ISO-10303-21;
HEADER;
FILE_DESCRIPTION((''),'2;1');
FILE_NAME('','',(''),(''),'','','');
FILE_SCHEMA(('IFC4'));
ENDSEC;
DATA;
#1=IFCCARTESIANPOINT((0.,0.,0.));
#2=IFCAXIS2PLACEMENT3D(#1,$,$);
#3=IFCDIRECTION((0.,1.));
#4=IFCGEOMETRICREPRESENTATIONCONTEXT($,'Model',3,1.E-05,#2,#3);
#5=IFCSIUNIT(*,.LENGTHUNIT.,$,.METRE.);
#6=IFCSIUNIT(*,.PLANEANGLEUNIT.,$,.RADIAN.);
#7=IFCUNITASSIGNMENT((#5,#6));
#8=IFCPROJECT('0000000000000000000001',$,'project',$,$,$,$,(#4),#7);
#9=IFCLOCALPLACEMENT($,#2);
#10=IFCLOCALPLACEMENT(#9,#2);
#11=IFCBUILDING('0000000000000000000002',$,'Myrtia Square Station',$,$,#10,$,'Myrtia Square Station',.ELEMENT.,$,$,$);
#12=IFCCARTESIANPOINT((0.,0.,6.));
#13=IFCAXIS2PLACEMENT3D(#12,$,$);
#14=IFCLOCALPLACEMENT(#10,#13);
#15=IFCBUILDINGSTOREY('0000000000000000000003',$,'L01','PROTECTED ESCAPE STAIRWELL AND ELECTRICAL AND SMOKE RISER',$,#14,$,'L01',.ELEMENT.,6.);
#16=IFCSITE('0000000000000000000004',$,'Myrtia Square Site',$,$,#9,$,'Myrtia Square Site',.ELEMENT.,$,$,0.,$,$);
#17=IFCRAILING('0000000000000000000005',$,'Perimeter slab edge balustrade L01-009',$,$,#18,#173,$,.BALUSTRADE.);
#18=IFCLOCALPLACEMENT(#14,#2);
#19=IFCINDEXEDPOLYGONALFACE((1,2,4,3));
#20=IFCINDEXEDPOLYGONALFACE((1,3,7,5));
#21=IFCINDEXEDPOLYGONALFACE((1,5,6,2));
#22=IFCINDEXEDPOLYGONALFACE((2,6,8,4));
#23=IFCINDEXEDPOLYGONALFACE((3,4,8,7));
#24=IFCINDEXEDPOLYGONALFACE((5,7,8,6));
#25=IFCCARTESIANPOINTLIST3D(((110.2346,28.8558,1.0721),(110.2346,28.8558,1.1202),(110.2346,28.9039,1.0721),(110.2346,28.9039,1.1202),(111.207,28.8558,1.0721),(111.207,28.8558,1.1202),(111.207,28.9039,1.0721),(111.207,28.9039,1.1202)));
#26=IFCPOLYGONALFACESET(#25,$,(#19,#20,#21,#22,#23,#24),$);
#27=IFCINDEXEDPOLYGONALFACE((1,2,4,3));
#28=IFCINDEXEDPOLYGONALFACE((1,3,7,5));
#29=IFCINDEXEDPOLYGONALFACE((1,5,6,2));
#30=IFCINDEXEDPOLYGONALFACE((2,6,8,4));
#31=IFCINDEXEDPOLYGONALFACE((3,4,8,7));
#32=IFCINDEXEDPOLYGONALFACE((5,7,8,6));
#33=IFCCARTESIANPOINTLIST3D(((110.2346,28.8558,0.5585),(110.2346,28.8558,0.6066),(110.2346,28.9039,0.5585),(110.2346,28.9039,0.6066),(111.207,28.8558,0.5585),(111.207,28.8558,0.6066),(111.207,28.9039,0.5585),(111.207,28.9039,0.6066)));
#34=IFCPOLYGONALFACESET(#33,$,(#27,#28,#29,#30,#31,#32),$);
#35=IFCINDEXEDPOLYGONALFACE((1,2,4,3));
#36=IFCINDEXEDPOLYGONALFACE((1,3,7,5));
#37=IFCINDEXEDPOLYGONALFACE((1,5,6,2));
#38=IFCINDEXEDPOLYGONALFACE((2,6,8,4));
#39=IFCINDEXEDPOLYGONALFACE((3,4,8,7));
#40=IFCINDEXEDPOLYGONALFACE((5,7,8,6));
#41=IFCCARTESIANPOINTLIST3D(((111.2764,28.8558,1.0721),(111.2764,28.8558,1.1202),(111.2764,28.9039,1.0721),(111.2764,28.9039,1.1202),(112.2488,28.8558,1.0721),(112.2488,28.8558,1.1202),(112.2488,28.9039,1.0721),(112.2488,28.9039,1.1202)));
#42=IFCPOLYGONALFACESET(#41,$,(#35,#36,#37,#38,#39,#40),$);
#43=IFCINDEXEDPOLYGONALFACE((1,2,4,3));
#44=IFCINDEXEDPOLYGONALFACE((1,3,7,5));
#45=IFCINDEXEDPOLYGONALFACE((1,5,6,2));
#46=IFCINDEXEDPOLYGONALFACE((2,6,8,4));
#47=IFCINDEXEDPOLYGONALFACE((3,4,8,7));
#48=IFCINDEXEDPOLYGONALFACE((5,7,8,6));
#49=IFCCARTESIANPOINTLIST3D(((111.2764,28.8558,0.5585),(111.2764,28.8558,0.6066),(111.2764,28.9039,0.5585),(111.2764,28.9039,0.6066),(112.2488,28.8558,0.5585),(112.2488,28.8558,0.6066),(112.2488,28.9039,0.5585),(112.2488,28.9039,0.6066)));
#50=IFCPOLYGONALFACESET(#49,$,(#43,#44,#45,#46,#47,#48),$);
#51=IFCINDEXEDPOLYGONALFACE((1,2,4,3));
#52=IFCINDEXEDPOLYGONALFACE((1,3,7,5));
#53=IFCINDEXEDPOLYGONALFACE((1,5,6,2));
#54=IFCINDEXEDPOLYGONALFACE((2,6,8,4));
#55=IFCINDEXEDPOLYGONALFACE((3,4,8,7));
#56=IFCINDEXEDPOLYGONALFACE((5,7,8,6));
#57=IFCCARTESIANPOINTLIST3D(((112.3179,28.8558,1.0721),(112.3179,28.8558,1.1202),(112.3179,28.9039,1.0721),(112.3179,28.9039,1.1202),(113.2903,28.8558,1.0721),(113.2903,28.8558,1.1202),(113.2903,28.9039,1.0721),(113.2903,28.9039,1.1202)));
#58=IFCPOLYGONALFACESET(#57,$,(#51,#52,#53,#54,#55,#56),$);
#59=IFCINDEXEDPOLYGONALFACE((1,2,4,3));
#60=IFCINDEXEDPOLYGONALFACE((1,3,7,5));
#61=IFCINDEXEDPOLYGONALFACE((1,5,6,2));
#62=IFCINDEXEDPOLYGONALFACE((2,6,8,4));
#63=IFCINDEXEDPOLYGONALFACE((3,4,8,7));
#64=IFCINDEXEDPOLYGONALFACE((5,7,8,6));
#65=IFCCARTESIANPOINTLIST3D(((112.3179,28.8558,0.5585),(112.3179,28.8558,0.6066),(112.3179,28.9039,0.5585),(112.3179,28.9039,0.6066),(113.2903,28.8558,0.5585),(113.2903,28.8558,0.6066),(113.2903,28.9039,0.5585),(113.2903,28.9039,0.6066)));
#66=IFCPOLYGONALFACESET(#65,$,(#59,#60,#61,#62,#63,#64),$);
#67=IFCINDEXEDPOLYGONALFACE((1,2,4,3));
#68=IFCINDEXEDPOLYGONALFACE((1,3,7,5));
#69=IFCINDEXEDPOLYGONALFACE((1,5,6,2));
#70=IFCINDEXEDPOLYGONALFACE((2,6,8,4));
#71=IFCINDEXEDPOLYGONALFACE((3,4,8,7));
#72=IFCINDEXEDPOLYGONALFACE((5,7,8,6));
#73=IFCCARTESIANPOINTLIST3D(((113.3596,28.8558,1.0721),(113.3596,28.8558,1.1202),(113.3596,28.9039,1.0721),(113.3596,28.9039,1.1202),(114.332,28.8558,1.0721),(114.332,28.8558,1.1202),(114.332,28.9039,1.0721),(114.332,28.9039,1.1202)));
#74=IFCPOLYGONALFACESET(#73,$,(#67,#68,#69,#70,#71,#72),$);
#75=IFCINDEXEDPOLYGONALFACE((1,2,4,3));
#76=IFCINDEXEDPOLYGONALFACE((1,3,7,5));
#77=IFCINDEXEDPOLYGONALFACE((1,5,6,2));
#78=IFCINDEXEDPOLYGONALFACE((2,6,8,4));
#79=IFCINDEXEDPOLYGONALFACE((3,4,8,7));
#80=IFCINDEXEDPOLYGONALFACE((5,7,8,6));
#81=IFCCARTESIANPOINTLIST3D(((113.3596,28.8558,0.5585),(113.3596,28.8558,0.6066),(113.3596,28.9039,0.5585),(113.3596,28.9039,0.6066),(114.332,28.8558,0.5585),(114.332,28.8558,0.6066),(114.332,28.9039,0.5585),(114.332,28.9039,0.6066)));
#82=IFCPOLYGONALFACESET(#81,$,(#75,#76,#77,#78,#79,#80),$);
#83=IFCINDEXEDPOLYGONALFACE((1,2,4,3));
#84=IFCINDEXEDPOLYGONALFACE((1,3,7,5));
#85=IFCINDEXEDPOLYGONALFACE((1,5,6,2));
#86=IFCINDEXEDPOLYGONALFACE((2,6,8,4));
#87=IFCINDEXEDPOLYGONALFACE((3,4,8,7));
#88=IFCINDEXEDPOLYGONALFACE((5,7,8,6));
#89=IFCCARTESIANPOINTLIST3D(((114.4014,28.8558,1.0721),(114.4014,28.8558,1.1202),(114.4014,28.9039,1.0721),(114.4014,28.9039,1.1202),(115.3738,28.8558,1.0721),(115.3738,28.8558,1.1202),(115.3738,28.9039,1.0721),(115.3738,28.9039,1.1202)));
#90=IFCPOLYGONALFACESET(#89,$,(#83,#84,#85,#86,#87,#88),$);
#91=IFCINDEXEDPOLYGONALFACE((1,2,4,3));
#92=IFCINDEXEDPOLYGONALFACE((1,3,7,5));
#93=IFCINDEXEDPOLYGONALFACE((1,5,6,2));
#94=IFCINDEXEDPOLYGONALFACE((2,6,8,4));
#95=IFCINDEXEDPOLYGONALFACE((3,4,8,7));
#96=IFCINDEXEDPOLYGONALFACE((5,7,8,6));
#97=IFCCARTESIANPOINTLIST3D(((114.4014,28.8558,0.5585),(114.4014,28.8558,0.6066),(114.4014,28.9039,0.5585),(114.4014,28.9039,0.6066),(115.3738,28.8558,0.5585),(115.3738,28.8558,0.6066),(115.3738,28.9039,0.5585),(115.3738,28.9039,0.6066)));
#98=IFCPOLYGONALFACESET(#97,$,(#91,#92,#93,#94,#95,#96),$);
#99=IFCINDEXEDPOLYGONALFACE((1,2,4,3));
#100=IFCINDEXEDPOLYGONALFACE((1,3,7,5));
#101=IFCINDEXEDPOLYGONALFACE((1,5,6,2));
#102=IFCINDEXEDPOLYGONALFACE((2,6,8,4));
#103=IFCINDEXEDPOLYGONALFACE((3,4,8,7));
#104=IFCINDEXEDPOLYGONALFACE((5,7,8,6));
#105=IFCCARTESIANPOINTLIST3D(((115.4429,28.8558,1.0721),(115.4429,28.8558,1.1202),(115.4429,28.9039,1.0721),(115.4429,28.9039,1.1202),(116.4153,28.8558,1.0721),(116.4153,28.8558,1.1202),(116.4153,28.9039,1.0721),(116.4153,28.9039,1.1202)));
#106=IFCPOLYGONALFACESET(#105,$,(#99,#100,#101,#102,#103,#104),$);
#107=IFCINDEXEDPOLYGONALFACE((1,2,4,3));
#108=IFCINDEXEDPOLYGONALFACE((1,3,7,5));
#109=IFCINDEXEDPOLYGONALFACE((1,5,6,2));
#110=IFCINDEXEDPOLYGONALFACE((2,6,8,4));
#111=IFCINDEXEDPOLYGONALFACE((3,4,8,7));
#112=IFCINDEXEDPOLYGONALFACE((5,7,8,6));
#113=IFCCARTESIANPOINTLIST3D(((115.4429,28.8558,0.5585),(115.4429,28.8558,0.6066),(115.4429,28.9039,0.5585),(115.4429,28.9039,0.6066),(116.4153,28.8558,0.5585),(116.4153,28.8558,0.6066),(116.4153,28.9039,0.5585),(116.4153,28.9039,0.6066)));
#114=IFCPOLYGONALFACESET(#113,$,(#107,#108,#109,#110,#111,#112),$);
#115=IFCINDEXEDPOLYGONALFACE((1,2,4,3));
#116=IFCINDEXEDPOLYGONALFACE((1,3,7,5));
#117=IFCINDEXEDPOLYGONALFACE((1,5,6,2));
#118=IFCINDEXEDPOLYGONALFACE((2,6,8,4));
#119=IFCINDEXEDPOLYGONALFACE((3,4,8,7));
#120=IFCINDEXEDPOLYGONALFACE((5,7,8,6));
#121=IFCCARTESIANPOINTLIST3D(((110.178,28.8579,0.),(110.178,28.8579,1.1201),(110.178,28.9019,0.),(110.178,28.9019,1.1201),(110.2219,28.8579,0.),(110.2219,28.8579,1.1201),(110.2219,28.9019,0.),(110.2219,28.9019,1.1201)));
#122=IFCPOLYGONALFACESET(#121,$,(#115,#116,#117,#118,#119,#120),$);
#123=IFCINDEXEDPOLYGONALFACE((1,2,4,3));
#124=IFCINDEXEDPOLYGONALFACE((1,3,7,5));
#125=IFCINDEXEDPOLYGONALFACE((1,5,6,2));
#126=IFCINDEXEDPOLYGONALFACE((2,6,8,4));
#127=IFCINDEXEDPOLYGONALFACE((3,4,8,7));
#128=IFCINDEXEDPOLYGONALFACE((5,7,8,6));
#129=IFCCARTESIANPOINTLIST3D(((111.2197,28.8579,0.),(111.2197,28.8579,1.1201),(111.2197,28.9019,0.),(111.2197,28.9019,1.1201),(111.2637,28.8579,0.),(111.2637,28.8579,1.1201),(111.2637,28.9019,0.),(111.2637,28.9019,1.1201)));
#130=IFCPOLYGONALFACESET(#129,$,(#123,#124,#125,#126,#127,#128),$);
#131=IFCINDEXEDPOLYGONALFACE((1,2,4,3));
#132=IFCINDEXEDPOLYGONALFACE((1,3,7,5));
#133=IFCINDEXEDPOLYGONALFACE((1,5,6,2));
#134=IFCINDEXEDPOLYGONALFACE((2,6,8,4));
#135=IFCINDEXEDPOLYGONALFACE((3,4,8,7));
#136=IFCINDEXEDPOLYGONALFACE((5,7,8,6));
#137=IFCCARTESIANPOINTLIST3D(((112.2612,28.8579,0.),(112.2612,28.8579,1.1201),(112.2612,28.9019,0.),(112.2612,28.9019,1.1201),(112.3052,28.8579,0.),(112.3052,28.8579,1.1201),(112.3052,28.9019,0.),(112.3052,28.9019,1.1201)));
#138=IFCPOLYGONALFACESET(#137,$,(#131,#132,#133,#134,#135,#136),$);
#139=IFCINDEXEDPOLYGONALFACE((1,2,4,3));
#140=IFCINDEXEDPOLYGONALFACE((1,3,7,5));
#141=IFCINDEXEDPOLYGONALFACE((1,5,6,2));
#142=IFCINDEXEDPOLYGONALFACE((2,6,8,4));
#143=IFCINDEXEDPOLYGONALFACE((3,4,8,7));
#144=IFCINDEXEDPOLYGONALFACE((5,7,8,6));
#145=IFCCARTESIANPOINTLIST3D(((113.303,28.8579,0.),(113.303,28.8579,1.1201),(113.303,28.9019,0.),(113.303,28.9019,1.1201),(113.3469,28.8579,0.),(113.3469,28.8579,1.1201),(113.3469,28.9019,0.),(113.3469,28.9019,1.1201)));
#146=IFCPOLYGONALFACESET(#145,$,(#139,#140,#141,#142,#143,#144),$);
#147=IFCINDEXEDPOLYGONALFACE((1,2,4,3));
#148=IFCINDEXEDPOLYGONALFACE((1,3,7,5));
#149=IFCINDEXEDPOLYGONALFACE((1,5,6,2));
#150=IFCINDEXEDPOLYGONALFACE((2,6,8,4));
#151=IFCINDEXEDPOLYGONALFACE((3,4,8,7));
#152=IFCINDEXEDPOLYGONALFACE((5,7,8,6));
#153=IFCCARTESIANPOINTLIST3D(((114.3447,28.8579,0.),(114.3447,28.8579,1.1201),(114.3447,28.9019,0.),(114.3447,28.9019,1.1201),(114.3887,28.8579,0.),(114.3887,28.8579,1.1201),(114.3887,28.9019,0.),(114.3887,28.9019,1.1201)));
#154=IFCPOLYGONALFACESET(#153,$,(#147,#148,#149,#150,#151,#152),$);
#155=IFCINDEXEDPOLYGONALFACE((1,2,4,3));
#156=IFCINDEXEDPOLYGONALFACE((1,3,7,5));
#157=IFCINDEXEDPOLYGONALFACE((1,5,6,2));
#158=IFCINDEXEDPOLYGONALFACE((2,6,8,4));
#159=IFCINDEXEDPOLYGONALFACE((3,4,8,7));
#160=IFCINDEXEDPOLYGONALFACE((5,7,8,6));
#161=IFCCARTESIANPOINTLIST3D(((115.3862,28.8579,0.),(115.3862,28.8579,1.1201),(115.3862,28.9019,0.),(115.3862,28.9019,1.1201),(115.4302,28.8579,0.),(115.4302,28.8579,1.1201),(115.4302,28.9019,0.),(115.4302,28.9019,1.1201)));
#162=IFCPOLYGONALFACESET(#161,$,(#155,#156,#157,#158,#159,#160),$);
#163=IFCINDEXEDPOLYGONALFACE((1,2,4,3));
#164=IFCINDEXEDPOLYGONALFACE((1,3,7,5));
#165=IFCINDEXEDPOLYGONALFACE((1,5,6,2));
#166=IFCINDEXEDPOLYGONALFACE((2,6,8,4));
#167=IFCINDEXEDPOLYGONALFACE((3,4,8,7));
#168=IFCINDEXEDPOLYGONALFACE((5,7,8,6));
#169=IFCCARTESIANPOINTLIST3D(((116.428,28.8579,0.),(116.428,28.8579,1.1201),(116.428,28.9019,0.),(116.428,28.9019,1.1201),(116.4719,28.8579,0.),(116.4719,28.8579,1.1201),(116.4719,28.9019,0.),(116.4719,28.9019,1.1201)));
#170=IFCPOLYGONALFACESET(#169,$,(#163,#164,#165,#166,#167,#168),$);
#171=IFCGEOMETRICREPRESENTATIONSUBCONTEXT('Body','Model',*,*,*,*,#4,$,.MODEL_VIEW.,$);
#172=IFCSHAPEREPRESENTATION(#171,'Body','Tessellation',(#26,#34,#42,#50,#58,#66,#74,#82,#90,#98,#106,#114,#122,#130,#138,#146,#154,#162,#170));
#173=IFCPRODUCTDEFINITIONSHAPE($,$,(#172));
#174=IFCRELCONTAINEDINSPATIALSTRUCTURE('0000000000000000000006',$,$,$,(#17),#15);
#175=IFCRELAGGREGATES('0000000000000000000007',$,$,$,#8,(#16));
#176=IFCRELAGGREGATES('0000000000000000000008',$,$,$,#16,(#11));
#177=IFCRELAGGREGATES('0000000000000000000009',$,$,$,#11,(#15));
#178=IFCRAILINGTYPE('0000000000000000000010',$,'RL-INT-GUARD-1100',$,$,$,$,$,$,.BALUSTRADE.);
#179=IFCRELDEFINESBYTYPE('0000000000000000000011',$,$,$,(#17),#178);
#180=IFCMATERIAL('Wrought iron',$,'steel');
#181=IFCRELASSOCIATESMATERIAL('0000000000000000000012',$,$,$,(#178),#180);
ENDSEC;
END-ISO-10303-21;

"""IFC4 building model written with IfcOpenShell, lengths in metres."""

from ifc_helpers import new_model, si_unit, direction, frame, origin, origin_2d, place, context, subcontext, project, spatial, rectangle, extrude, material, type_object, element, save


model = new_model("IFC4")

# Units and contexts
model_context = context("Model", 3, precision=1e-05, world=origin(), true_north=direction((0.0, 1.0)))
body_context = subcontext(model_context, "Body", "Model", "MODEL_VIEW")
ifc_project = project(units=[si_unit("LENGTHUNIT", "METRE"), si_unit("PLANEANGLEUNIT", "RADIAN")], contexts=[model_context])

# Site, building, storey
site_placement = place(None, origin())
site = spatial("IfcSite", under=ifc_project, at=site_placement, Name="Myrtia Square Site", LongName="Myrtia Square Site", CompositionType="ELEMENT", RefElevation=0.0)
building_placement = place(site_placement, origin())
building = spatial("IfcBuilding", under=site, at=building_placement, Name="Myrtia Square Station", LongName="Myrtia Square Station", CompositionType="ELEMENT")
storey_placement = place(building_placement, frame((0.0, 0.0, 6.0)))
storey = spatial("IfcBuildingStorey", under=building, at=storey_placement, Name="L01", Description="PROTECTED ESCAPE STAIRWELL AND ELECTRICAL AND SMOKE RISER", LongName="L01", CompositionType="ELEMENT", Elevation=6.0)

# Railing
ifc_material_1 = material(Name="Wrought iron", Category="steel")
railing_type = type_object("IfcRailingType", Name="RL-INT-GUARD-1100", PredefinedType="BALUSTRADE", material=ifc_material_1)
railing_placement = place(storey_placement, frame((110.2, 28.8799, 0.0)))
element("IfcRailing", 1, at=railing_placement, inside=storey, type_object=railing_type, Name="Perimeter slab edge balustrade L01-009", PredefinedType="BALUSTRADE", context=body_context, shape_type="SweptSolid", body=[
    extrude(rectangle(XDim=0.0481, YDim=0.0481, at=origin_2d()), frame((0.0347, 0.0, 1.0962), z_axis=(1.0, 0.0, 0.0), x_axis=(0.0, 1.0, 0.0)), (0.0, 0.0, 1.0), 0.9724),
    extrude(rectangle(XDim=0.0481, YDim=0.0481, at=origin_2d()), frame((0.0347, 0.0, 0.5825), z_axis=(1.0, 0.0, 0.0), x_axis=(0.0, 1.0, 0.0)), (0.0, 0.0, 1.0), 0.9724),
    extrude(rectangle(XDim=0.0481, YDim=0.0481, at=origin_2d()), frame((1.0764, 0.0, 1.0962), z_axis=(1.0, 0.0, 0.0), x_axis=(0.0, 1.0, 0.0)), (0.0, 0.0, 1.0), 0.9724),
    extrude(rectangle(XDim=0.0481, YDim=0.0481, at=origin_2d()), frame((1.0764, 0.0, 0.5825), z_axis=(1.0, 0.0, 0.0), x_axis=(0.0, 1.0, 0.0)), (0.0, 0.0, 1.0), 0.9724),
    extrude(rectangle(XDim=0.0481, YDim=0.0481, at=origin_2d()), frame((2.1179, 0.0, 1.0962), z_axis=(1.0, 0.0, 0.0), x_axis=(0.0, 1.0, 0.0)), (0.0, 0.0, 1.0), 0.9724),
    extrude(rectangle(XDim=0.0481, YDim=0.0481, at=origin_2d()), frame((2.1179, 0.0, 0.5825), z_axis=(1.0, 0.0, 0.0), x_axis=(0.0, 1.0, 0.0)), (0.0, 0.0, 1.0), 0.9724),
    extrude(rectangle(XDim=0.0481, YDim=0.0481, at=origin_2d()), frame((3.1597, 0.0, 1.0962), z_axis=(1.0, 0.0, 0.0), x_axis=(0.0, 1.0, 0.0)), (0.0, 0.0, 1.0), 0.9724),
    extrude(rectangle(XDim=0.0481, YDim=0.0481, at=origin_2d()), frame((3.1597, 0.0, 0.5825), z_axis=(1.0, 0.0, 0.0), x_axis=(0.0, 1.0, 0.0)), (0.0, 0.0, 1.0), 0.9724),
    extrude(rectangle(XDim=0.0481, YDim=0.0481, at=origin_2d()), frame((4.2014, 0.0, 1.0962), z_axis=(1.0, 0.0, 0.0), x_axis=(0.0, 1.0, 0.0)), (0.0, 0.0, 1.0), 0.9724),
    extrude(rectangle(XDim=0.0481, YDim=0.0481, at=origin_2d()), frame((4.2014, 0.0, 0.5825), z_axis=(1.0, 0.0, 0.0), x_axis=(0.0, 1.0, 0.0)), (0.0, 0.0, 1.0), 0.9724),
    extrude(rectangle(XDim=0.0481, YDim=0.0481, at=origin_2d()), frame((5.2429, 0.0, 1.0962), z_axis=(1.0, 0.0, 0.0), x_axis=(0.0, 1.0, 0.0)), (0.0, 0.0, 1.0), 0.9724),
    extrude(rectangle(XDim=0.0481, YDim=0.0481, at=origin_2d()), frame((5.2429, 0.0, 0.5825), z_axis=(1.0, 0.0, 0.0), x_axis=(0.0, 1.0, 0.0)), (0.0, 0.0, 1.0), 0.9724),
    extrude(rectangle(XDim=0.0439, YDim=0.0439, at=origin_2d()), origin(), (0.0, 0.0, 1.0), 1.1201),
    extrude(rectangle(XDim=0.0439, YDim=0.0439, at=origin_2d()), frame((1.0417, 0.0, 0.0)), (0.0, 0.0, 1.0), 1.1201),
    extrude(rectangle(XDim=0.0439, YDim=0.0439, at=origin_2d()), frame((2.0833, 0.0, 0.0)), (0.0, 0.0, 1.0), 1.1201),
    extrude(rectangle(XDim=0.0439, YDim=0.0439, at=origin_2d()), frame((3.125, 0.0, 0.0)), (0.0, 0.0, 1.0), 1.1201),
    extrude(rectangle(XDim=0.0439, YDim=0.0439, at=origin_2d()), frame((4.1667, 0.0, 0.0)), (0.0, 0.0, 1.0), 1.1201),
    extrude(rectangle(XDim=0.0439, YDim=0.0439, at=origin_2d()), frame((5.2083, 0.0, 0.0)), (0.0, 0.0, 1.0), 1.1201),
    extrude(rectangle(XDim=0.0439, YDim=0.0439, at=origin_2d()), frame((6.25, 0.0, 0.0)), (0.0, 0.0, 1.0), 1.1201),
])

save(model, "model.ifc")
